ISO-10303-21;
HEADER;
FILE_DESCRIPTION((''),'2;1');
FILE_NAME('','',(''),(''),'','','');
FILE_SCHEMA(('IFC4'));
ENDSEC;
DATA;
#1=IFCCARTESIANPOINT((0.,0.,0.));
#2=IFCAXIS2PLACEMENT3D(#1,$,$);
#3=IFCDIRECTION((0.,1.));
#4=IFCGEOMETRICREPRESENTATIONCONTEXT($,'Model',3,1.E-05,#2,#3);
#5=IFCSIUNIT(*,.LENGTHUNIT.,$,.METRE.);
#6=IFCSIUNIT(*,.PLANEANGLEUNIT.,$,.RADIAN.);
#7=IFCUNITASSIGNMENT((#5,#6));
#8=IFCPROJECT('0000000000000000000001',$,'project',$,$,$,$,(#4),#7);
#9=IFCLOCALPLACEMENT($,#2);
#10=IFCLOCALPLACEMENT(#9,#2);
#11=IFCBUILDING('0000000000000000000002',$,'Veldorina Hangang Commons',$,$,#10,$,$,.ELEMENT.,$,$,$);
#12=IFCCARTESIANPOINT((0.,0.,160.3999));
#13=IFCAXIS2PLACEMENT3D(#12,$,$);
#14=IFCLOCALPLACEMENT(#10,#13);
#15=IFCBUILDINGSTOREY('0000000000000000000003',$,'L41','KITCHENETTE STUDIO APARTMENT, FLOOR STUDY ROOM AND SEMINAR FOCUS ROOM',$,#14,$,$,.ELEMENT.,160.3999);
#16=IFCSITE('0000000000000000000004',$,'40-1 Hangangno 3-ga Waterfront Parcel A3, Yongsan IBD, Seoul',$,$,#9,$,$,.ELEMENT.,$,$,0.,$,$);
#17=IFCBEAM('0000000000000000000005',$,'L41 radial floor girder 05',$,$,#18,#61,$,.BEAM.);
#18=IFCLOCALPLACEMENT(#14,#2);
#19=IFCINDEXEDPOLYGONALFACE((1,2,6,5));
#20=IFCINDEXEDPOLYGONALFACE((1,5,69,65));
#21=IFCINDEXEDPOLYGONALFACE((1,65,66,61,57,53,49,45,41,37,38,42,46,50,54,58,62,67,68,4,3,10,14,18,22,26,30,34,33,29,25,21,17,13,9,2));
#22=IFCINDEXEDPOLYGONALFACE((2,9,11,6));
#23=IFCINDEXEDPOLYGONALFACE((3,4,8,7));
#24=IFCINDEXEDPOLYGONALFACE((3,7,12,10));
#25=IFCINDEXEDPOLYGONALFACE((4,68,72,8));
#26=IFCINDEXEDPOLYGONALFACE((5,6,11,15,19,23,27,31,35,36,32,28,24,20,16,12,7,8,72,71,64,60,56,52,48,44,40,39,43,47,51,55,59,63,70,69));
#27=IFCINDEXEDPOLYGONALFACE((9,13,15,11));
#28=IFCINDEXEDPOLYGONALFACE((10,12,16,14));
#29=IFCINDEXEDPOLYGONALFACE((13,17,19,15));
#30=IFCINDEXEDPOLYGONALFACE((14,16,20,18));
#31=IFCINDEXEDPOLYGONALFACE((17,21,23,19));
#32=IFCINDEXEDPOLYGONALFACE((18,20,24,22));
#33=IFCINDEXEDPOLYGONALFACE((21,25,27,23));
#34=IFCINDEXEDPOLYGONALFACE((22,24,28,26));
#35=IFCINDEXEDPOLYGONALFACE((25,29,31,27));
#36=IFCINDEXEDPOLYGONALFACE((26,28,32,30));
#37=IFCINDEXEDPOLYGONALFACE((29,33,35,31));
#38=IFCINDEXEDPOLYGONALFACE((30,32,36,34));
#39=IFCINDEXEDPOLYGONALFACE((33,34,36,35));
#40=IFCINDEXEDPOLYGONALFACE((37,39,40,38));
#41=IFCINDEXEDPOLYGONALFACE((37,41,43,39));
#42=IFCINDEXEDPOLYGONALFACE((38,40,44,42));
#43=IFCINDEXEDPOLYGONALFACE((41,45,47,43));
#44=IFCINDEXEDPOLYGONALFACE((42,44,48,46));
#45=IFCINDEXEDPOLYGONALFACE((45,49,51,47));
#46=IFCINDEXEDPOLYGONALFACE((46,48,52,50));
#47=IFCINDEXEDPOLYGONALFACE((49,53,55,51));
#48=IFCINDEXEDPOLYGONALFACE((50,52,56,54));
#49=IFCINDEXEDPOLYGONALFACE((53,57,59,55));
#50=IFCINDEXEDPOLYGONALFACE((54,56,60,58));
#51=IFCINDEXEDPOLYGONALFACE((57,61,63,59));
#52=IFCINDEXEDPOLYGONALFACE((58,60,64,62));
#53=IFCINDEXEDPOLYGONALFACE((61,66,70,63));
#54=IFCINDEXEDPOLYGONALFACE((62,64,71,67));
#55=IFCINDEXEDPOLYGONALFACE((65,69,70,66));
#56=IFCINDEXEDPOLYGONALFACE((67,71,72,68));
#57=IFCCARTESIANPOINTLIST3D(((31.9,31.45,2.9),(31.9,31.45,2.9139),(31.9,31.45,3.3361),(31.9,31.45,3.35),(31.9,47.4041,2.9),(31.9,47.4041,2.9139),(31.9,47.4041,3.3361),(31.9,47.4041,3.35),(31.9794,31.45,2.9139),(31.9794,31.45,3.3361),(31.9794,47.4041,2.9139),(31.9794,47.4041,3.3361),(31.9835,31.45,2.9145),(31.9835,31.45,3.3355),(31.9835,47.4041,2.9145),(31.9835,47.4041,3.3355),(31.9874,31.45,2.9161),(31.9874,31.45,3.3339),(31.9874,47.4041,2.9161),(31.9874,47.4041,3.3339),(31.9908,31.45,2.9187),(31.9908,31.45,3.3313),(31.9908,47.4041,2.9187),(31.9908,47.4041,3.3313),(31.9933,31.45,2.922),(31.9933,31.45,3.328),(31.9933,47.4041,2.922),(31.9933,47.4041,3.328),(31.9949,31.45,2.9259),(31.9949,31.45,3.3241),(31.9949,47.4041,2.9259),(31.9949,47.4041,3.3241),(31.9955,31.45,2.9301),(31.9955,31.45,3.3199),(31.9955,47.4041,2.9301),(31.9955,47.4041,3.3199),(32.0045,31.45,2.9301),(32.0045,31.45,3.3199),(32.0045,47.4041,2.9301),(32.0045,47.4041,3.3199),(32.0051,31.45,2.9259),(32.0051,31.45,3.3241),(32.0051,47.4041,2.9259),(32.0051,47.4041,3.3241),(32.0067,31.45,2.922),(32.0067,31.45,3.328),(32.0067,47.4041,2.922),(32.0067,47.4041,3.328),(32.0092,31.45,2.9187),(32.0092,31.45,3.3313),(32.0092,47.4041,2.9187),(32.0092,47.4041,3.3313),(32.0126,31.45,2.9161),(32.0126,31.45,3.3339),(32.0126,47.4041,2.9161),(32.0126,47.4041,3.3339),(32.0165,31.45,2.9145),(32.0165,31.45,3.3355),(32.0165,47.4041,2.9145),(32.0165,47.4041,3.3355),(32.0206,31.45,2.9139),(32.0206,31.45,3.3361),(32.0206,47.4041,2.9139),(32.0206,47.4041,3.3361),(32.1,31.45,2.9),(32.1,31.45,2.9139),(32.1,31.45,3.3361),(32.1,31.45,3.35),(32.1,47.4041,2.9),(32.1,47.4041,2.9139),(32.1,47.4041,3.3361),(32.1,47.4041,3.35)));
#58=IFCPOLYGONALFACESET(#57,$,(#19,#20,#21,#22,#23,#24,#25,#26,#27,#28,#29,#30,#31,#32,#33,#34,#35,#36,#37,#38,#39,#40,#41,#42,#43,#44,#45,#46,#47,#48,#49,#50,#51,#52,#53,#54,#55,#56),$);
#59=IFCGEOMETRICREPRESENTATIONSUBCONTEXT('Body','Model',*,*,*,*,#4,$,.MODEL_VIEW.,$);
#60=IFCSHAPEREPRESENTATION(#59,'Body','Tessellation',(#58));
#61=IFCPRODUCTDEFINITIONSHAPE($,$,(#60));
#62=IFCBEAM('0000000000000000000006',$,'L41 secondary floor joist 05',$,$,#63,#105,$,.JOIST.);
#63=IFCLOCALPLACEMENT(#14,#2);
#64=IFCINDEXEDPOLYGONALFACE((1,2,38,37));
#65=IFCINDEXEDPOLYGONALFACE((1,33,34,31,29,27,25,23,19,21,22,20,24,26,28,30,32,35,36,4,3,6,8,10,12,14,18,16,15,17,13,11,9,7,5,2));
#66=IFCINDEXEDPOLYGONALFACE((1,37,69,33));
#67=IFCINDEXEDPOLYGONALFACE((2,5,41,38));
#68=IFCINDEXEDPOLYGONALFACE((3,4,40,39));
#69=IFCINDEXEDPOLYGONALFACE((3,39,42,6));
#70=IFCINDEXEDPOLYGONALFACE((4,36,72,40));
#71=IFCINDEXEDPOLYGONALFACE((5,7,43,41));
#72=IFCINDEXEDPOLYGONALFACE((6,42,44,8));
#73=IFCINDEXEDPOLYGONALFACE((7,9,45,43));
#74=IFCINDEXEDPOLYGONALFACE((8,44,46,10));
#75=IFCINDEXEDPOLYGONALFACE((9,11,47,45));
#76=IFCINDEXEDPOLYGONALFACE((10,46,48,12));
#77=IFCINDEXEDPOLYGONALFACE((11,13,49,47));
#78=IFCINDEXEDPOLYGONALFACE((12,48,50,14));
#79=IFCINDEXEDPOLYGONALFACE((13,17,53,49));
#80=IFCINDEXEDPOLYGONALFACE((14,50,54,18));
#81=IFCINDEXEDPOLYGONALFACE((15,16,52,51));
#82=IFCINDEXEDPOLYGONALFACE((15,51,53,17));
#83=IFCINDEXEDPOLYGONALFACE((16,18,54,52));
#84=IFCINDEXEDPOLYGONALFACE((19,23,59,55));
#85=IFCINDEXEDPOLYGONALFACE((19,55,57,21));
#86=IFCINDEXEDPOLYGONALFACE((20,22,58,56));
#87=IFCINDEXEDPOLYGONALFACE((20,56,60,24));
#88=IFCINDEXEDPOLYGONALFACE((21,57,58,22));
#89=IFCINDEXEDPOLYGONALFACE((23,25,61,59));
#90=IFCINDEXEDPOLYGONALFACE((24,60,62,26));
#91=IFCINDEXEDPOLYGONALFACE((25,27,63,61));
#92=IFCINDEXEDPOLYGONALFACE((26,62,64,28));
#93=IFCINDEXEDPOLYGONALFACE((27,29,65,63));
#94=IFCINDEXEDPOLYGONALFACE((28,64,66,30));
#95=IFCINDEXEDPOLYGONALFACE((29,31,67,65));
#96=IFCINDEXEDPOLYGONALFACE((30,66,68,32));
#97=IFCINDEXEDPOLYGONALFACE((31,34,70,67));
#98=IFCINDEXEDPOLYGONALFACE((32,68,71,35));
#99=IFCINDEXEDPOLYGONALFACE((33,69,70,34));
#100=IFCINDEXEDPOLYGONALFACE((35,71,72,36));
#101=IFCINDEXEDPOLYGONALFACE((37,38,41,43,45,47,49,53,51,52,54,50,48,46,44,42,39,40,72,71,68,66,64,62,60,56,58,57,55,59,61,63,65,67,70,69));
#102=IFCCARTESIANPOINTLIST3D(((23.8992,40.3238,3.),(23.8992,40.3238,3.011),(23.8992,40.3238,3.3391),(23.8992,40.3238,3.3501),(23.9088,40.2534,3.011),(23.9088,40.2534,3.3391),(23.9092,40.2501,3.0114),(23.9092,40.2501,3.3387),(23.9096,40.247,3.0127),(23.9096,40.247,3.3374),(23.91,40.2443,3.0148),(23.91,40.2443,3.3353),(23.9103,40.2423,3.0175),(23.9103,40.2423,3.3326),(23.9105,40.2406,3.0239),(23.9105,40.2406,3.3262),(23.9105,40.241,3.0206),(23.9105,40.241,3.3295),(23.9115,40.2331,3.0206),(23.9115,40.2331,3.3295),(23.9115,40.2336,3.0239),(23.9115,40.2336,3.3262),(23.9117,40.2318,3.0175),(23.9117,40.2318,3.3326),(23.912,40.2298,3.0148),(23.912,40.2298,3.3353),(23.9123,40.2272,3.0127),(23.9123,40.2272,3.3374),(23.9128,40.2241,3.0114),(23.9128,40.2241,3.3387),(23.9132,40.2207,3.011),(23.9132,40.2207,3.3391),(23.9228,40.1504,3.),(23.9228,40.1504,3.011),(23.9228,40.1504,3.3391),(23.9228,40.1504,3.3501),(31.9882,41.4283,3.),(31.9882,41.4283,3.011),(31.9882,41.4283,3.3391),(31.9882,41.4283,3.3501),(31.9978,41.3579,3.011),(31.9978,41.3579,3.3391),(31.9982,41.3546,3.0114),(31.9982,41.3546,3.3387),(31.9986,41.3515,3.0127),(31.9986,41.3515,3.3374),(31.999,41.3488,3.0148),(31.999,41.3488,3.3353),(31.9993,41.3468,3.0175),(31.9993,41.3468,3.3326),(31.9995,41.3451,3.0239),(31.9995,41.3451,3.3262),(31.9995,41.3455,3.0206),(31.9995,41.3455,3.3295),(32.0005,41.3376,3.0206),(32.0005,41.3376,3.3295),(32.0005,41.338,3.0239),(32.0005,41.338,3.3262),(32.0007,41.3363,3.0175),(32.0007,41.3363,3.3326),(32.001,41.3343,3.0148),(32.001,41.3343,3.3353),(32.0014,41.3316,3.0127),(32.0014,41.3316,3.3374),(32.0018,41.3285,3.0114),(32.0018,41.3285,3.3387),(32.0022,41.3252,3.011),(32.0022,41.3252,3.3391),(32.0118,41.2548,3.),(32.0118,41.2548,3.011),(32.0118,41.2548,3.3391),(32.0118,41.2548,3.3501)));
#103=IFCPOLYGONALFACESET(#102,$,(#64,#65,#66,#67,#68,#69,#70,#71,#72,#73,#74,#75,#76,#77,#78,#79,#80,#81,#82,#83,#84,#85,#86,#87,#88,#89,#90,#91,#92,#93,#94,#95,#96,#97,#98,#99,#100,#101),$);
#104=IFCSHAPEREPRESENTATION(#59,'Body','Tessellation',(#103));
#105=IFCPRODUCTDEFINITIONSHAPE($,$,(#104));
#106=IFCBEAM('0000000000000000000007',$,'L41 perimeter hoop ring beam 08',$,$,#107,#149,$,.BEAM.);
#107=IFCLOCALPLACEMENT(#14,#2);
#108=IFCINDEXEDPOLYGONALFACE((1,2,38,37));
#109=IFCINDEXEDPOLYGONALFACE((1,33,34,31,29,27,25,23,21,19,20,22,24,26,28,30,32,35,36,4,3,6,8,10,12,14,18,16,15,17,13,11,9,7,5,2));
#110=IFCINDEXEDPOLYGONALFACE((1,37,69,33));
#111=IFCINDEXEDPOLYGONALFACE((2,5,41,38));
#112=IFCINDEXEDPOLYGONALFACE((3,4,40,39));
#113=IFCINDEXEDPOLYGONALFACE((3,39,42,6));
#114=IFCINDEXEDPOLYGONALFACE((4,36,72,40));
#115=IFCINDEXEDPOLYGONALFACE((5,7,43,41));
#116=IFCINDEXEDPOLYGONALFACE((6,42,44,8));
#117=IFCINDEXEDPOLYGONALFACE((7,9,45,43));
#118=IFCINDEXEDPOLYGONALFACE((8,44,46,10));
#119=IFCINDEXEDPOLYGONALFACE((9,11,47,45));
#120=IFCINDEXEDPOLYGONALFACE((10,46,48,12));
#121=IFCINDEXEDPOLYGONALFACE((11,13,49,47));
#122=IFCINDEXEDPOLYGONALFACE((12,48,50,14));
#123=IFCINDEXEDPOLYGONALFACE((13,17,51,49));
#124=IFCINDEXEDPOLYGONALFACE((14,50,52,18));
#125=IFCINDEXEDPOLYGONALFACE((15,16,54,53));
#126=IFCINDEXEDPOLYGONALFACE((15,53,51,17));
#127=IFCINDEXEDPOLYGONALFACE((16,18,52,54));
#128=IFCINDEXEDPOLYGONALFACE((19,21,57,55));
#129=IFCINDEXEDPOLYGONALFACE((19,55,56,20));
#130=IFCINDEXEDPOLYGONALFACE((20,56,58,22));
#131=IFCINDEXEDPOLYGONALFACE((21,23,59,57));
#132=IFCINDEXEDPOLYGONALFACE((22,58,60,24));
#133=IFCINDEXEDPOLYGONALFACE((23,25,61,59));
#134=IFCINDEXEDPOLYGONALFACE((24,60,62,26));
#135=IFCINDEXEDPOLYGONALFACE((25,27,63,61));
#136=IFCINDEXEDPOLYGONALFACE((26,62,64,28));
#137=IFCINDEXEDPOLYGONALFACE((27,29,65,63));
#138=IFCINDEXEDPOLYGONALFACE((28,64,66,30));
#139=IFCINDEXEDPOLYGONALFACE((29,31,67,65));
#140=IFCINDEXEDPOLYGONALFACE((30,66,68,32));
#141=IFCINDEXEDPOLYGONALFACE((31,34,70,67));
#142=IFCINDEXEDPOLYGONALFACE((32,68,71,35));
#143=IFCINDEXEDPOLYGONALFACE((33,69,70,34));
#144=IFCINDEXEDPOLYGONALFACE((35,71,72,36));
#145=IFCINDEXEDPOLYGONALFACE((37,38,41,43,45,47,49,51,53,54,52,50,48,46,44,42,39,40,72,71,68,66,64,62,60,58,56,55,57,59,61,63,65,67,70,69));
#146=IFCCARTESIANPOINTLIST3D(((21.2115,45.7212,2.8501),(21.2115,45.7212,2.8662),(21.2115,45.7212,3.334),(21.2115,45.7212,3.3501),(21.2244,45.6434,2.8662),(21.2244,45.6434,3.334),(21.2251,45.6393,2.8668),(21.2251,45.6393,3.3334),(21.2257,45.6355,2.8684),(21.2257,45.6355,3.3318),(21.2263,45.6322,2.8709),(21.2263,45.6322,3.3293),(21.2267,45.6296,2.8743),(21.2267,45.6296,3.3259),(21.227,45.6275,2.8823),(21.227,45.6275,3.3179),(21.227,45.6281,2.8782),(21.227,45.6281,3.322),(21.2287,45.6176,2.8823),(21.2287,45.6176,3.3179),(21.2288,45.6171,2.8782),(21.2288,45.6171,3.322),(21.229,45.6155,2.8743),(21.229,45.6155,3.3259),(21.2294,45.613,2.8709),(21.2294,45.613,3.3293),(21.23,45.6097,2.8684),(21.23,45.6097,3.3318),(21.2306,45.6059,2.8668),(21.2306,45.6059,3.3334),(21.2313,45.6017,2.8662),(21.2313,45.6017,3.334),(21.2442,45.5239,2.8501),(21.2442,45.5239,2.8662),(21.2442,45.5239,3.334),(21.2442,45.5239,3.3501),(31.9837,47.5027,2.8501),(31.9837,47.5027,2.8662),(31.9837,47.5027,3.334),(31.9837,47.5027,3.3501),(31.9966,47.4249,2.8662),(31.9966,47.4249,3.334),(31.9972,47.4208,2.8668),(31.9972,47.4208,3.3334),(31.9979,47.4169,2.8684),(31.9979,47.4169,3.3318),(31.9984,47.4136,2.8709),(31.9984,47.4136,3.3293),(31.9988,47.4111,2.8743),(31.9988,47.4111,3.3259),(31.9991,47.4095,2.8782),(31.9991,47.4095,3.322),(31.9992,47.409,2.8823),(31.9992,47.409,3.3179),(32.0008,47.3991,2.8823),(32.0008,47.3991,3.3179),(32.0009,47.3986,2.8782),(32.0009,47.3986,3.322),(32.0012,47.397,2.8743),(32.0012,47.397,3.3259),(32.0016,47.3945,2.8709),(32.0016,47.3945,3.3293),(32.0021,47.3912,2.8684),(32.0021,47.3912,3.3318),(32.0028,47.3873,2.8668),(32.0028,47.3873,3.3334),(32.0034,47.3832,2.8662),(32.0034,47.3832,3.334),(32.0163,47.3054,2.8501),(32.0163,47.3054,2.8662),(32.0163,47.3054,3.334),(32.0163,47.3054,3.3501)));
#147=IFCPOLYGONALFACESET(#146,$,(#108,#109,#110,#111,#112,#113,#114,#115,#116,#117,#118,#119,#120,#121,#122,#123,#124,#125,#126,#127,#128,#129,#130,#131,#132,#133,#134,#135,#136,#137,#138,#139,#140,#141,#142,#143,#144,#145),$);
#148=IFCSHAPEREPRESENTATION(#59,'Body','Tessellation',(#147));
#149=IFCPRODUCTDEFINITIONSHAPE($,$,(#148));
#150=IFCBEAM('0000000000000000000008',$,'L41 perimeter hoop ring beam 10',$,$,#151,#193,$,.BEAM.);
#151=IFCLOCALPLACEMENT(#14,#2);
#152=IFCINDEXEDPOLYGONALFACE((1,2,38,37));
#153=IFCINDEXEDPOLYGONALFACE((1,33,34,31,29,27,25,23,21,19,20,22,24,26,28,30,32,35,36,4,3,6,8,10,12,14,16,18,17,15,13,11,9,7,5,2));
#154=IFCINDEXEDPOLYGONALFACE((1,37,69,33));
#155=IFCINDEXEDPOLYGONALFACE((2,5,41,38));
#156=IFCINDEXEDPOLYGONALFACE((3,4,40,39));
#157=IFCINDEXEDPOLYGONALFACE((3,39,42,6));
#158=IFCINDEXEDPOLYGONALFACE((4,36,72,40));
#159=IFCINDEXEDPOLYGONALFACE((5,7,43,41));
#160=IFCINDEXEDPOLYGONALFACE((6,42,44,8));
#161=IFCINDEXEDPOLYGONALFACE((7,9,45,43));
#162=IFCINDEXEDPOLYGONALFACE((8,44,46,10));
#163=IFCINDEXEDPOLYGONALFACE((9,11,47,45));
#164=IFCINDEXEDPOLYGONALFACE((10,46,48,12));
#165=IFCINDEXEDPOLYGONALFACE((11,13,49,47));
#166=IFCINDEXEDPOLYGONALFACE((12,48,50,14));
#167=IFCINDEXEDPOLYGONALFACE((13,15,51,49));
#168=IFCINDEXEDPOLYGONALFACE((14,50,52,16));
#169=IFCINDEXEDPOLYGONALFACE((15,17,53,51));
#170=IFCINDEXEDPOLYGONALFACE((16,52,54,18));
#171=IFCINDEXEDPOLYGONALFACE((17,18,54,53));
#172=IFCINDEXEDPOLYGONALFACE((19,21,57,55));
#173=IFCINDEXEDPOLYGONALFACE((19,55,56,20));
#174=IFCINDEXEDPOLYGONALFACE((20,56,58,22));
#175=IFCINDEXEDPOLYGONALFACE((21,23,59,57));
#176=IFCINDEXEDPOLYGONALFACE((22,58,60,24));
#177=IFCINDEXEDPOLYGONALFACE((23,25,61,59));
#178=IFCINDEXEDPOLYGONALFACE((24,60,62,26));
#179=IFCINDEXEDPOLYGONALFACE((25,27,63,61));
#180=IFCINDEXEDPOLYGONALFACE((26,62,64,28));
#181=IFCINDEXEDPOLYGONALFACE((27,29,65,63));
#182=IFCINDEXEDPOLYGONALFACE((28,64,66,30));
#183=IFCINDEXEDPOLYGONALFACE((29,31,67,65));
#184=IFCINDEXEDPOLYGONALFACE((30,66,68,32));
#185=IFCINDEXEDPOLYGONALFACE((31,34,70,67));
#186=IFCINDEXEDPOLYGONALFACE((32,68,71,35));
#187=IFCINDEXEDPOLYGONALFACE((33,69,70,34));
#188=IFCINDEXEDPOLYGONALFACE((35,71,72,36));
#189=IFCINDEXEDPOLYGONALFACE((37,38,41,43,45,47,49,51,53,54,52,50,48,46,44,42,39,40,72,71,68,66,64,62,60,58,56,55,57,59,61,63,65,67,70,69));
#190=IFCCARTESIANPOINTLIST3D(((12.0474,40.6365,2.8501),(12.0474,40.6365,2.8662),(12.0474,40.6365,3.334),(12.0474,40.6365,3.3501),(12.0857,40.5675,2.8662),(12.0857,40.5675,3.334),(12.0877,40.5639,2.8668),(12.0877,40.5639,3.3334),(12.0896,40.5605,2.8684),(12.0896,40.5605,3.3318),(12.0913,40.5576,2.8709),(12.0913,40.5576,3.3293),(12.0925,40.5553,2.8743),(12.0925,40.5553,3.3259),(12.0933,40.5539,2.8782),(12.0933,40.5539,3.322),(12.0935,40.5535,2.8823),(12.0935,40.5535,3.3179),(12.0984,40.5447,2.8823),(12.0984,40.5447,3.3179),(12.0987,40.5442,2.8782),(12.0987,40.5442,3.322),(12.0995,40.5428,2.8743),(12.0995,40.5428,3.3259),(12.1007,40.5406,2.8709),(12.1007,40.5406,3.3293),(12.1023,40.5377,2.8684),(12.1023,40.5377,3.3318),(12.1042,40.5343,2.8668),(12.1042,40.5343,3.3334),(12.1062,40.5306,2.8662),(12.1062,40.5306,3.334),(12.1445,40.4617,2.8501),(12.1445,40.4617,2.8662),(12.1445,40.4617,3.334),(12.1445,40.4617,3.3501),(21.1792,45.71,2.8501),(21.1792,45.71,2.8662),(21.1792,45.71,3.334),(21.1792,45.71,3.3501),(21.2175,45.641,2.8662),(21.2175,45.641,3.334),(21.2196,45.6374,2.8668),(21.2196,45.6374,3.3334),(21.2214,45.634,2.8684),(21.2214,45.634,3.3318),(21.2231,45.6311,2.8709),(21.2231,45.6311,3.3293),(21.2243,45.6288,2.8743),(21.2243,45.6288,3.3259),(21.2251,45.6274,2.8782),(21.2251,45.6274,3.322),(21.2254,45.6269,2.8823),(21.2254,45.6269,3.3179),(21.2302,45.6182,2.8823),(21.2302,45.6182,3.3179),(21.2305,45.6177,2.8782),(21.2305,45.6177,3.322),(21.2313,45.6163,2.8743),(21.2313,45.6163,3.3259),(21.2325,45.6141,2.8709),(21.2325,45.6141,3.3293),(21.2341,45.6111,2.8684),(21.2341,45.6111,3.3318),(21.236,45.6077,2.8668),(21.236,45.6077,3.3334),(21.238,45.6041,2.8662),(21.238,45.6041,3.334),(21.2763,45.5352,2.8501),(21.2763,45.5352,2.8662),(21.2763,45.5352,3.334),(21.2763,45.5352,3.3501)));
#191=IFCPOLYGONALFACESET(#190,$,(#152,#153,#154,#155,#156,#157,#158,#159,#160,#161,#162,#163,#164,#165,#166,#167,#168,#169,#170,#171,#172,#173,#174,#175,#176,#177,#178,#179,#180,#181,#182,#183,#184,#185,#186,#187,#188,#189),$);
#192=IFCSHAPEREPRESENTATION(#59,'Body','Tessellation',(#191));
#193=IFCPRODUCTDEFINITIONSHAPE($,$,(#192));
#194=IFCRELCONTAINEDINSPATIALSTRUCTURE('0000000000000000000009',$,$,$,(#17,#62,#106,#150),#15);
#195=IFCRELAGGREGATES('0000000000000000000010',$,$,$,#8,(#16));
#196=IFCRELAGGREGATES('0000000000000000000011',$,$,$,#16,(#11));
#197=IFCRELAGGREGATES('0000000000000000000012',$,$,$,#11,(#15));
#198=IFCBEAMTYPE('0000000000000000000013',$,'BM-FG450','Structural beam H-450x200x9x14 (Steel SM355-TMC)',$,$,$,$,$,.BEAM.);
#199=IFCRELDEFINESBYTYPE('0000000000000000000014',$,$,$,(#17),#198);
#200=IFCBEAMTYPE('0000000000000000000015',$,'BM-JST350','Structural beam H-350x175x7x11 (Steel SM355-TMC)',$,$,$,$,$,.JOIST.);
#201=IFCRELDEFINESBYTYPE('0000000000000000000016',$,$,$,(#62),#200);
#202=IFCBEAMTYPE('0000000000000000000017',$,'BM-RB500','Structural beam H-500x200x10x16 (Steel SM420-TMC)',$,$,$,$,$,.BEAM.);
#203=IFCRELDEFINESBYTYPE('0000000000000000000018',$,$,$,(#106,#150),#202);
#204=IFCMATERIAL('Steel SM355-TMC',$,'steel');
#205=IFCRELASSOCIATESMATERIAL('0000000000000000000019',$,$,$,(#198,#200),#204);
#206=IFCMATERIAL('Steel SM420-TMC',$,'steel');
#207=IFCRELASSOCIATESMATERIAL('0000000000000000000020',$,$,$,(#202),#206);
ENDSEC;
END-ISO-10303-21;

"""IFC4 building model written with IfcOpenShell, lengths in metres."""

from ifc_helpers import new_model, si_unit, direction, frame, origin, origin_2d, place, context, subcontext, project, spatial, i_section, extrude, material, material_profile, profile_set, type_object, element, save


model = new_model("IFC4")

# Units and contexts
model_context = context("Model", 3, precision=1e-05, world=origin(), true_north=direction((0.0, 1.0)))
body_context = subcontext(model_context, "Body", "Model", "MODEL_VIEW")
ifc_project = project(units=[si_unit("LENGTHUNIT", "METRE"), si_unit("PLANEANGLEUNIT", "RADIAN")], contexts=[model_context])

# Site, building, storey
site_placement = place(None, origin())
site = spatial("IfcSite", under=ifc_project, at=site_placement, Name="40-1 Hangangno 3-ga Waterfront Parcel A3, Yongsan IBD, Seoul", CompositionType="ELEMENT", RefElevation=0.0)
building_placement = place(site_placement, origin())
building = spatial("IfcBuilding", under=site, at=building_placement, Name="Veldorina Hangang Commons", CompositionType="ELEMENT")
storey_placement = place(building_placement, frame((0.0, 0.0, 160.3999)))
storey = spatial("IfcBuildingStorey", under=building, at=storey_placement, Name="L41", Description="KITCHENETTE STUDIO APARTMENT, FLOOR STUDY ROOM AND SEMINAR FOCUS ROOM", CompositionType="ELEMENT", Elevation=160.3999)

# Beams
ifc_material_1 = material(Name="Steel SM355-TMC", Category="steel")
ifc_material_profile_1 = material_profile(ifc_material_1, i_section(OverallWidth=0.2, OverallDepth=0.45, WebThickness=0.009, FlangeThickness=0.0139, FilletRadius=0.0161, at=origin_2d()), Name="H-450x200x9x14")
ifc_profile_set_1 = profile_set([ifc_material_profile_1], Name="Steel SM355-TMC")
beam_type_1 = type_object("IfcBeamType", Name="BM-FG450", Description="Structural beam H-450x200x9x14 (Steel SM355-TMC)", PredefinedType="BEAM", material=ifc_profile_set_1)
beam_1_placement = place(storey_placement, frame((32.0, 31.45, 3.125), z_axis=(0.0, 1.0, 0.0), x_axis=(-1.0, 0.0, 0.0)))
element("IfcBeam", 1, at=beam_1_placement, inside=storey, type_object=beam_type_1, Name="L41 radial floor girder 05", PredefinedType="BEAM", context=body_context, shape_type="SweptSolid", body=[
    extrude(i_section(OverallWidth=0.2, OverallDepth=0.45, WebThickness=0.009, FlangeThickness=0.0139, FilletRadius=0.0161, at=origin_2d()), origin(), (0.0, 0.0, 1.0), 15.9541),
])
ifc_material_profile_2 = material_profile(ifc_material_1, i_section(OverallWidth=0.175, OverallDepth=0.3501, WebThickness=0.0071, FlangeThickness=0.011, FilletRadius=0.0129, at=origin_2d()), Name="H-350x175x7x11")
ifc_profile_set_2 = profile_set([ifc_material_profile_2], Name="Steel SM355-TMC")
beam_type_2 = type_object("IfcBeamType", Name="BM-JST350", Description="Structural beam H-350x175x7x11 (Steel SM355-TMC)", PredefinedType="JOIST", material=ifc_profile_set_2)
beam_2_placement = place(storey_placement, frame((32.0, 41.3416, 3.175), z_axis=(-0.990807, -0.135285, 0.0), x_axis=(0.135285, -0.990807, 0.0)))
element("IfcBeam", 2, at=beam_2_placement, inside=storey, type_object=beam_type_2, Name="L41 secondary floor joist 05", PredefinedType="JOIST", context=body_context, shape_type="SweptSolid", body=[
    extrude(i_section(OverallWidth=0.175, OverallDepth=0.3501, WebThickness=0.0071, FlangeThickness=0.011, FilletRadius=0.0129, at=origin_2d()), origin(), (0.0, 0.0, 1.0), 8.1641),
])
ifc_material_2 = material(Name="Steel SM420-TMC", Category="steel")
ifc_material_profile_3 = material_profile(ifc_material_2, i_section(OverallWidth=0.2, OverallDepth=0.5, WebThickness=0.01, FlangeThickness=0.0161, FilletRadius=0.0161, at=origin_2d()), Name="H-500x200x10x16")
ifc_profile_set_3 = profile_set([ifc_material_profile_3], Name="Steel SM420-TMC")
beam_type_3 = type_object("IfcBeamType", Name="BM-RB500", Description="Structural beam H-500x200x10x16 (Steel SM420-TMC)", PredefinedType="BEAM", material=ifc_profile_set_3)
beam_3_placement = place(storey_placement, frame((32.0, 47.4041, 3.1001), z_axis=(-0.986599, -0.163162, 0.0), x_axis=(0.163162, -0.986599, 0.0)))
element("IfcBeam", 3, at=beam_3_placement, inside=storey, type_object=beam_type_3, Name="L41 perimeter hoop ring beam 08", PredefinedType="BEAM", context=body_context, shape_type="SweptSolid", body=[
    extrude(i_section(OverallWidth=0.2, OverallDepth=0.5, WebThickness=0.01, FlangeThickness=0.0161, FilletRadius=0.0161, at=origin_2d()), origin(), (0.0, 0.0, 1.0), 10.9185),
])
beam_4_placement = place(storey_placement, frame((21.2278, 45.6226, 3.1001), z_axis=(-0.874147, -0.485661, 0.0), x_axis=(0.485661, -0.874147, 0.0)))
element("IfcBeam", 4, at=beam_4_placement, inside=storey, type_object=beam_type_3, Name="L41 perimeter hoop ring beam 10", PredefinedType="BEAM", context=body_context, shape_type="SweptSolid", body=[
    extrude(i_section(OverallWidth=0.2, OverallDepth=0.5, WebThickness=0.01, FlangeThickness=0.0161, FilletRadius=0.0161, at=origin_2d()), origin(), (0.0, 0.0, 1.0), 10.4465),
])

save(model, "model.ifc")
